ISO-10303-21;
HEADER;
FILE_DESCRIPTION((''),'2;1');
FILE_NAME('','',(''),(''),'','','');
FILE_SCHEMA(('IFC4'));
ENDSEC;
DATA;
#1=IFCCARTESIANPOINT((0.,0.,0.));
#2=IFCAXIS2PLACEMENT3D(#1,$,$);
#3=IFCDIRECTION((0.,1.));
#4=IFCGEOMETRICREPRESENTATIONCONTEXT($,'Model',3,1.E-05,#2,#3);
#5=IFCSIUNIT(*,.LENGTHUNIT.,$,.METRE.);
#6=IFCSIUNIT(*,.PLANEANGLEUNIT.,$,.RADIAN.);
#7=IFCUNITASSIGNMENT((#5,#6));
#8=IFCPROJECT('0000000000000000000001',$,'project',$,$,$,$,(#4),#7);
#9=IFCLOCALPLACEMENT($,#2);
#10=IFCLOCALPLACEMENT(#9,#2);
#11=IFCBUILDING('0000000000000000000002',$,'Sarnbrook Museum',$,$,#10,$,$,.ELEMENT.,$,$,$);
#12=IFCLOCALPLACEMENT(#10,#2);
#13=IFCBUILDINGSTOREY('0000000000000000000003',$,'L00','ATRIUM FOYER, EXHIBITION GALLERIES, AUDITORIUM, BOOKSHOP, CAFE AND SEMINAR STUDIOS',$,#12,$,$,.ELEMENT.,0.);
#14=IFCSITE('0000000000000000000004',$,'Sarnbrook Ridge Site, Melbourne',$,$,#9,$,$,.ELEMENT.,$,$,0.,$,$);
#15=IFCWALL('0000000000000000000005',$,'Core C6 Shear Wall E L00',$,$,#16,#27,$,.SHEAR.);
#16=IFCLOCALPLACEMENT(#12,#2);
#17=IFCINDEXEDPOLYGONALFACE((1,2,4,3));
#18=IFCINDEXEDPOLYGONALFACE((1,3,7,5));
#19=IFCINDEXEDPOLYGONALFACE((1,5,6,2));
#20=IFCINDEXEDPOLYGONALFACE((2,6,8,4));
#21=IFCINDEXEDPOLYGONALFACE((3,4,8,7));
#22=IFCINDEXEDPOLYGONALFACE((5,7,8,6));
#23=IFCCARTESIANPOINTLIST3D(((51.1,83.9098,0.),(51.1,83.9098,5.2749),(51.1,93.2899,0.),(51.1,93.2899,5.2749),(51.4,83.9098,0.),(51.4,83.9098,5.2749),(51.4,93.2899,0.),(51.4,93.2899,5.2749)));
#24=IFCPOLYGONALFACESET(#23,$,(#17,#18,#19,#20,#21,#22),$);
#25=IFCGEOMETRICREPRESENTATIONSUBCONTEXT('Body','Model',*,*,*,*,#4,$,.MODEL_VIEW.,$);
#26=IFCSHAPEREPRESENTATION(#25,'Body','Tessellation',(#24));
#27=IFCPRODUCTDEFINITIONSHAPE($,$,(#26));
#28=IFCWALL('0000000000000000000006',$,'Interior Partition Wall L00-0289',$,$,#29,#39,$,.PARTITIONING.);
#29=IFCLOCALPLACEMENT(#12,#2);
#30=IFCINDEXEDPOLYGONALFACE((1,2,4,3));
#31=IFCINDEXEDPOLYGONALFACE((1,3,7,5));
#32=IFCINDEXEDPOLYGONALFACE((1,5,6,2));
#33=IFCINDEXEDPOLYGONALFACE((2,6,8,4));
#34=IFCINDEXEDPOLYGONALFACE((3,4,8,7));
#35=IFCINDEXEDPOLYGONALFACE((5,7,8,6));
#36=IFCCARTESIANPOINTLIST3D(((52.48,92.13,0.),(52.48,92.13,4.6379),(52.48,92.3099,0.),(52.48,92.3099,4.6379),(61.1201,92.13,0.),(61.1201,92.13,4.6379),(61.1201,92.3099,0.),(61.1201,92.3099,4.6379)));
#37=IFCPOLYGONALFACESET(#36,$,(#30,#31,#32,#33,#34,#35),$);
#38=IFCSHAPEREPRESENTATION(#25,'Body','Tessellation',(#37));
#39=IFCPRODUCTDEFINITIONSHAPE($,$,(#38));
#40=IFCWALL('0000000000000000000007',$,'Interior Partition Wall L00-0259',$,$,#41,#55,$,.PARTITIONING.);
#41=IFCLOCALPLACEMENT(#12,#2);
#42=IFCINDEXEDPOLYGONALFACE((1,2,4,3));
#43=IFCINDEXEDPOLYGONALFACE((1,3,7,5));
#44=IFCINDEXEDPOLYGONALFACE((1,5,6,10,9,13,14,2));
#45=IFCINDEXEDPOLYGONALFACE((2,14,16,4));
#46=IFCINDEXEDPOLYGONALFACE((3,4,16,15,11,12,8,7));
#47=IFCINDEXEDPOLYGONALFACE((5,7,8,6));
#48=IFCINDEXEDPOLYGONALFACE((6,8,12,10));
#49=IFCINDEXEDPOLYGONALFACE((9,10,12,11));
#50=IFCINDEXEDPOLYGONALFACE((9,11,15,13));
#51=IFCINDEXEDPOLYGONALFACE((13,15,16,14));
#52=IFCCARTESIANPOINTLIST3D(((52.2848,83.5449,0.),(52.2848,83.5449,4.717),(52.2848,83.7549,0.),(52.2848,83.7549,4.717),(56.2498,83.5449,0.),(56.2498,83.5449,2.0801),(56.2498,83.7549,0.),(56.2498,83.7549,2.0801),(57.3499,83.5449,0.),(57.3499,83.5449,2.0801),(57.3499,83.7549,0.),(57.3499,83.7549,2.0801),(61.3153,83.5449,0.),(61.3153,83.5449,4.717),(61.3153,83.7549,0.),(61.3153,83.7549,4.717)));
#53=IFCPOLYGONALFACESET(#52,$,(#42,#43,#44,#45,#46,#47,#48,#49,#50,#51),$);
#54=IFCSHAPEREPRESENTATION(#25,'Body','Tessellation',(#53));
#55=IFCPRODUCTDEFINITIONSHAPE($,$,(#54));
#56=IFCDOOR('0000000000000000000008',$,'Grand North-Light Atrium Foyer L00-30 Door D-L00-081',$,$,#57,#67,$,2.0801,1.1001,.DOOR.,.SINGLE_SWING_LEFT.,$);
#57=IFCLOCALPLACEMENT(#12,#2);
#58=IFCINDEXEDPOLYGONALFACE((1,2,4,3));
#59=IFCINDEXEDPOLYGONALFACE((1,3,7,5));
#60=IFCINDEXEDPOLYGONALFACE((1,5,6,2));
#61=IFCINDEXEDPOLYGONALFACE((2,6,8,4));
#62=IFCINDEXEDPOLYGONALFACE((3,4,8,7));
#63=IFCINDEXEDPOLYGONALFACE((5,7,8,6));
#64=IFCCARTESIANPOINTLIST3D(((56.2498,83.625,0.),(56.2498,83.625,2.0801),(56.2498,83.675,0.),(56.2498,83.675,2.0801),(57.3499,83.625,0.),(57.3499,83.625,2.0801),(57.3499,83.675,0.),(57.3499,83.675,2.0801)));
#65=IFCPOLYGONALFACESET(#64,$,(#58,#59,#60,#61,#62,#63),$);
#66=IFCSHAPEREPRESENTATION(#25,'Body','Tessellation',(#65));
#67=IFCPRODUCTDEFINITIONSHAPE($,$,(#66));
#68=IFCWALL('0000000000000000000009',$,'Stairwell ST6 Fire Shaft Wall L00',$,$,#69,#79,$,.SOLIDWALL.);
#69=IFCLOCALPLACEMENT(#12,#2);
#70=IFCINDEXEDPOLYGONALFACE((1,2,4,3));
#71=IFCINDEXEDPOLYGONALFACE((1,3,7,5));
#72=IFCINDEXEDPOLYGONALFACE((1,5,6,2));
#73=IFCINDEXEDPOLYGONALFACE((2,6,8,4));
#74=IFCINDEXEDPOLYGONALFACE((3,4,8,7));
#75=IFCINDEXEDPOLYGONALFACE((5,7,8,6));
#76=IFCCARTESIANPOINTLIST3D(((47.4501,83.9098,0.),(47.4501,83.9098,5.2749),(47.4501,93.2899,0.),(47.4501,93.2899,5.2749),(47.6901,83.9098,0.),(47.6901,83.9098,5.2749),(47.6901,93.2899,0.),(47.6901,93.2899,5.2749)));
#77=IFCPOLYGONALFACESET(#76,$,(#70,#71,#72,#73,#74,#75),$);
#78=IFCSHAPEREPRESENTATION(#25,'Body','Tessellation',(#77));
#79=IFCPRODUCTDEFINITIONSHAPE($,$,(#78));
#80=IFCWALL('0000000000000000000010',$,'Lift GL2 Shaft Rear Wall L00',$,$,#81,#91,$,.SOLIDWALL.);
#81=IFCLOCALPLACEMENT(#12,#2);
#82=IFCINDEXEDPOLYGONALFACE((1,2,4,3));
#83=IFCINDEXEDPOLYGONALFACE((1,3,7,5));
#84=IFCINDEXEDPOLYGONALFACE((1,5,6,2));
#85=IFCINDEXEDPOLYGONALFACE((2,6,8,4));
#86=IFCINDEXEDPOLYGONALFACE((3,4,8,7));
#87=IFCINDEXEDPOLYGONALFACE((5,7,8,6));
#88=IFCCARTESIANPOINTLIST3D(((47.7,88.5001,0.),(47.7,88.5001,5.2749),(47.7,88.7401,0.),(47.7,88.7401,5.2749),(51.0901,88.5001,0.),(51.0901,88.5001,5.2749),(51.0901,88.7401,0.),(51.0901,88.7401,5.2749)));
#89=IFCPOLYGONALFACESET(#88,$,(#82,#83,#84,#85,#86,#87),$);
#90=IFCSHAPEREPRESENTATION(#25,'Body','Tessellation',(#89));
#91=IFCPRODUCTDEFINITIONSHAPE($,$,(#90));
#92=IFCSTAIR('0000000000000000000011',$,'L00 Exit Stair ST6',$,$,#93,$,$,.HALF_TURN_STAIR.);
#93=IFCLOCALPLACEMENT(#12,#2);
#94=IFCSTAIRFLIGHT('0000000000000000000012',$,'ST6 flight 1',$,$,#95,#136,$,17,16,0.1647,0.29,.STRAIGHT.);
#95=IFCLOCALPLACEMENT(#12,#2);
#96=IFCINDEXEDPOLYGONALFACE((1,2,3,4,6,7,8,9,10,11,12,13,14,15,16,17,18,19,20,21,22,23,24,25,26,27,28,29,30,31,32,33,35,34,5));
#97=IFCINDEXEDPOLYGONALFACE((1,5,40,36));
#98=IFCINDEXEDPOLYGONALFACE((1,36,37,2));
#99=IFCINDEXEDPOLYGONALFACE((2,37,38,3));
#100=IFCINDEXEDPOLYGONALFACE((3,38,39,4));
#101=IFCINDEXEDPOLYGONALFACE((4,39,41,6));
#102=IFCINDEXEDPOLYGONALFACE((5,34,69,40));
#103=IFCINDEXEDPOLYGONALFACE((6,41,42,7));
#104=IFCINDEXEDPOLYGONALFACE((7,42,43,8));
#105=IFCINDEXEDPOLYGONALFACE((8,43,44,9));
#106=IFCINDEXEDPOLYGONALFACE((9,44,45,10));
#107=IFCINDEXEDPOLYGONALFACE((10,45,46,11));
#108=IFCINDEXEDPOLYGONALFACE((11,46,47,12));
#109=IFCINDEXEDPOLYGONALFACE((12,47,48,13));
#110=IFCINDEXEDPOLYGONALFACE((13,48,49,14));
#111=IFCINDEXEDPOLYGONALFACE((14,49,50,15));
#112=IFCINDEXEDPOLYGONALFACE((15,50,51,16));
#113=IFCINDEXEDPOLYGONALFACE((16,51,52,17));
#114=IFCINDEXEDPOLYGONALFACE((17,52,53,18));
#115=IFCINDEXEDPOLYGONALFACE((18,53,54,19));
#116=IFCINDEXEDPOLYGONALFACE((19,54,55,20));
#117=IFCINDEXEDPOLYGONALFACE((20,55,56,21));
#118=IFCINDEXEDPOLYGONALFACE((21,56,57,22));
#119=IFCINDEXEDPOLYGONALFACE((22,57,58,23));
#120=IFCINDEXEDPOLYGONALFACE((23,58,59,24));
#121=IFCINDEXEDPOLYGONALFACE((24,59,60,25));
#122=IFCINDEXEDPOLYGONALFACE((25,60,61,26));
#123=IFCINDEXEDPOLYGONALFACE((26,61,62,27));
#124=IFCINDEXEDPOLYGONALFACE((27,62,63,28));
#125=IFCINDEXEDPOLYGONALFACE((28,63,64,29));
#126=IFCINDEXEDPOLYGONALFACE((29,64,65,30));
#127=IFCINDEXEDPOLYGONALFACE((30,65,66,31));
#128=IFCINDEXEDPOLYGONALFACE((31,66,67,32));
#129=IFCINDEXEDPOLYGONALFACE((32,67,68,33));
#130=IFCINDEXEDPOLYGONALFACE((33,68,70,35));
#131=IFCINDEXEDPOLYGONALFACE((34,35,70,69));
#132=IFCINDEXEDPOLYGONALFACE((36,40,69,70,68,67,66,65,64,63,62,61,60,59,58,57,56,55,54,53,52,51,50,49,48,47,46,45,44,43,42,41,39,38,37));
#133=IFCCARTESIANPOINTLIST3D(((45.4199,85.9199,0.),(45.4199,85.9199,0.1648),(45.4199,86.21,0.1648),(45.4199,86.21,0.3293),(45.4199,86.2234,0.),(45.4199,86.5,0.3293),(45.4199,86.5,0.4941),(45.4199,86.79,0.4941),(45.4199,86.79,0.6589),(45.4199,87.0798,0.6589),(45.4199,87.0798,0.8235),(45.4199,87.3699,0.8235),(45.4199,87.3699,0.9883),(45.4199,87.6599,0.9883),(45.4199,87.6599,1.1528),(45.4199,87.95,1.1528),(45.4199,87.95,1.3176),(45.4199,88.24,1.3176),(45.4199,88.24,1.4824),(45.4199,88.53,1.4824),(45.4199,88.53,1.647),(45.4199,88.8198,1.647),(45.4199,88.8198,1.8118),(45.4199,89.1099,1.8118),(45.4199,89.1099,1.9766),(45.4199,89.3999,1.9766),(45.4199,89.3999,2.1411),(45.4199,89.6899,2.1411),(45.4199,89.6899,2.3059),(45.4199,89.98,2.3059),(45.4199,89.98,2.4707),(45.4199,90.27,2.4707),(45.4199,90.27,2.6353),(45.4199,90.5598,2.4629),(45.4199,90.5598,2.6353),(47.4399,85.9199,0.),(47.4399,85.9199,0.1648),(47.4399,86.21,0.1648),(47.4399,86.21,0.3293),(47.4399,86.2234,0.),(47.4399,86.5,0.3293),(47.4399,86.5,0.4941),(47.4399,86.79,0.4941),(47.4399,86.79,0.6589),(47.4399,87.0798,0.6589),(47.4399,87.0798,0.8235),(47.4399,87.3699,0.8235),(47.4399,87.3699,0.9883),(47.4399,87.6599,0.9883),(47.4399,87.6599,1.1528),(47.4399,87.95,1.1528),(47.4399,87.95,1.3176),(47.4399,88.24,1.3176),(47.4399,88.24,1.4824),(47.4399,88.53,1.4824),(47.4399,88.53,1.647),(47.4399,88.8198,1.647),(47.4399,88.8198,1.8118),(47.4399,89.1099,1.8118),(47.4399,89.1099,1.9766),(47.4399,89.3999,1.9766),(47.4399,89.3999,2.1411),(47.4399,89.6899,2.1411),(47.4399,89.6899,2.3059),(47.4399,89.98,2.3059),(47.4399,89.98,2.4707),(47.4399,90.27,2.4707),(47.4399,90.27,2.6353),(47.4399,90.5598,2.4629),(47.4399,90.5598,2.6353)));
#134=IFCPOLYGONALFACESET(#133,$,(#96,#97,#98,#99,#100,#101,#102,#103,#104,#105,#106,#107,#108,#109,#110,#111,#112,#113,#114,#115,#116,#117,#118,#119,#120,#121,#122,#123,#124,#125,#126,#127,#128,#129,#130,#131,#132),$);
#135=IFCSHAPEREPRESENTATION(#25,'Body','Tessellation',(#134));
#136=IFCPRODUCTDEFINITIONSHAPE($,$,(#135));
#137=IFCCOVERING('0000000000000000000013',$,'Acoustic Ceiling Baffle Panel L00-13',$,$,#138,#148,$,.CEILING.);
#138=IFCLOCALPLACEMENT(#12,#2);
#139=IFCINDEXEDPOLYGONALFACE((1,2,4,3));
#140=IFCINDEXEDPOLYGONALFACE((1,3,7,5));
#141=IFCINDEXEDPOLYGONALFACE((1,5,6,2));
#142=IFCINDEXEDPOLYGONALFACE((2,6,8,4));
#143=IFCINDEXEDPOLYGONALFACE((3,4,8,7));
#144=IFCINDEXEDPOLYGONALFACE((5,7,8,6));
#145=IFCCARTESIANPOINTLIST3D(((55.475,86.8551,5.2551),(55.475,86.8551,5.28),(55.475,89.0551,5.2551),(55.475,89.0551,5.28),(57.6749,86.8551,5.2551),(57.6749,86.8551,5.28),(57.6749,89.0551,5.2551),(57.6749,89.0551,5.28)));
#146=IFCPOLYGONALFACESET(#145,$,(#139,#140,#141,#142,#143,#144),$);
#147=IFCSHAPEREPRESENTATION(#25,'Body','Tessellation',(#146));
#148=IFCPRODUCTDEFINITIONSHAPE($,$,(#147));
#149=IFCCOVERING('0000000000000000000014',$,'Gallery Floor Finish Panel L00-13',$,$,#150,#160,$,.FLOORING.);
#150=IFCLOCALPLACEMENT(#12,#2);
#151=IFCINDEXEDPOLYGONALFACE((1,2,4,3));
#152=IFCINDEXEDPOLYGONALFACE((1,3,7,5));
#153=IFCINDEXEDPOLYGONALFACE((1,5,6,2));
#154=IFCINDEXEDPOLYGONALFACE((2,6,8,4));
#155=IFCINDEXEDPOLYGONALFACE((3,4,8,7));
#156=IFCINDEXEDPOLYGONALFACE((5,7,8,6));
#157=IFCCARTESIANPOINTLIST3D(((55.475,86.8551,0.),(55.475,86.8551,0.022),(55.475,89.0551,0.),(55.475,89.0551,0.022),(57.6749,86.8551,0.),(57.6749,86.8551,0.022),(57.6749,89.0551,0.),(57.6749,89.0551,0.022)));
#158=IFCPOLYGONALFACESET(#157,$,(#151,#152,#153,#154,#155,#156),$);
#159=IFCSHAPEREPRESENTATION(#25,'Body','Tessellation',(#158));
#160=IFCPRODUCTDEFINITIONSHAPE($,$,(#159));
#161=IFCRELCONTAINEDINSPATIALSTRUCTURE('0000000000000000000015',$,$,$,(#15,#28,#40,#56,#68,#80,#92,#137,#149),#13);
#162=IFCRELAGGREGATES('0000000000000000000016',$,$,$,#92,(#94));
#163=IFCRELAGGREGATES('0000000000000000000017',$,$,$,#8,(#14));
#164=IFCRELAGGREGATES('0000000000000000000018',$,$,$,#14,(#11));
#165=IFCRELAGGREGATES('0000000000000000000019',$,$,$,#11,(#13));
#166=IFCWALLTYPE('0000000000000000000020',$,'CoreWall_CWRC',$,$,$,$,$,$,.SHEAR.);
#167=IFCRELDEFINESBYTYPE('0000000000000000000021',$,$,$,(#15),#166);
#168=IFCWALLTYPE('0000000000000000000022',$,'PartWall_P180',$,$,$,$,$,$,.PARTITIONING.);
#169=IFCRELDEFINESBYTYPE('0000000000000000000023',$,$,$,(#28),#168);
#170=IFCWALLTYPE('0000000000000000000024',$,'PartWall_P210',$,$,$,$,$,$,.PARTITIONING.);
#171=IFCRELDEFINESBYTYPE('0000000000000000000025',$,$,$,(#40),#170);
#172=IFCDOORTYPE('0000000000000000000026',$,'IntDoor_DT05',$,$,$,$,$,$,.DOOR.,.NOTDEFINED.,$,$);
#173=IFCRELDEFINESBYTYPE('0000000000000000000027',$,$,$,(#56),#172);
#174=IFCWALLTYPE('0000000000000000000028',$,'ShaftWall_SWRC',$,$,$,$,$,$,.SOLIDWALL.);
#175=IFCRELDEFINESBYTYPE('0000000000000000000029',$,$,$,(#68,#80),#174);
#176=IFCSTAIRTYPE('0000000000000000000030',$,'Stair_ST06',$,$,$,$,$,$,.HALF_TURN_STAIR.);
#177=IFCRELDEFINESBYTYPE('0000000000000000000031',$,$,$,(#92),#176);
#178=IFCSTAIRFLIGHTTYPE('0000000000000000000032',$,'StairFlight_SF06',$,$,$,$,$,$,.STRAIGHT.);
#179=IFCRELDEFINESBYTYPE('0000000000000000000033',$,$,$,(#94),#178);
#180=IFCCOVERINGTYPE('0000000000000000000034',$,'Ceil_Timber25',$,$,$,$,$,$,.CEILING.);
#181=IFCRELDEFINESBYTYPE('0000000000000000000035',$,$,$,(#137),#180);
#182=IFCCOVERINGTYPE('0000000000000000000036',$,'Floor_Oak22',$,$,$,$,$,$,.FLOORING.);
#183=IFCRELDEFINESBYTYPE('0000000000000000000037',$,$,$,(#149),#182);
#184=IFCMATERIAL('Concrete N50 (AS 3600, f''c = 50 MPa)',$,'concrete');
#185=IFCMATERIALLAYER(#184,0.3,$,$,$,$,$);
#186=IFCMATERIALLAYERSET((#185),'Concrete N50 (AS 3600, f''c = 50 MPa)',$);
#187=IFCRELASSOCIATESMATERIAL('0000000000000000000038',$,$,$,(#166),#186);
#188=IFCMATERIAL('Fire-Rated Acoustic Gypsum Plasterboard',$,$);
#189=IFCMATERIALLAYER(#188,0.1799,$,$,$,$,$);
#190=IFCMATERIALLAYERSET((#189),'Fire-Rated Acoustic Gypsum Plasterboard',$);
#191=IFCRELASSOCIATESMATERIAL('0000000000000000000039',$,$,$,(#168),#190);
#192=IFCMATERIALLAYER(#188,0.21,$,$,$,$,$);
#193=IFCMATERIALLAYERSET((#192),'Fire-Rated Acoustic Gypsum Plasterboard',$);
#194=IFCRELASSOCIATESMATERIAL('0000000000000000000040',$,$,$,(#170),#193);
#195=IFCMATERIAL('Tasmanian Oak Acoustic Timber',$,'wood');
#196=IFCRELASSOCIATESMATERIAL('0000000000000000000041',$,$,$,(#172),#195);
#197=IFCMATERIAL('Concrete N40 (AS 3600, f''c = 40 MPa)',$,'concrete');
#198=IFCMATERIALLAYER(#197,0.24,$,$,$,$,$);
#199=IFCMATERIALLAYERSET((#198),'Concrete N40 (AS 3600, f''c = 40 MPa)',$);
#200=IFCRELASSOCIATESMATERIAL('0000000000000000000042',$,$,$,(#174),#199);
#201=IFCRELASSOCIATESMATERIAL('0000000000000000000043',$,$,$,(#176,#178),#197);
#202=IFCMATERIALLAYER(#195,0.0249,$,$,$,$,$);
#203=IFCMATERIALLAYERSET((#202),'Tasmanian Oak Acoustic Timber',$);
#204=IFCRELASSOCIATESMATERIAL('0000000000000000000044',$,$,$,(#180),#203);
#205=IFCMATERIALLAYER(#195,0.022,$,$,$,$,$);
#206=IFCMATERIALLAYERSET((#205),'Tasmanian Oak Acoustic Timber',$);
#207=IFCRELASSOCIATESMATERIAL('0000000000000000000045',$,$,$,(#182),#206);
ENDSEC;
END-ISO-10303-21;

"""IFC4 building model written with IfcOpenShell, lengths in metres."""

from ifc_helpers import new_model, si_unit, direction, frame, frame_2d, origin, origin_2d, place, context, subcontext, project, spatial, polyline, rectangle, outline, extrude, material, layer, layer_set, type_object, element, fill, aggregate, save


model = new_model("IFC4")

# Units and contexts
model_context = context("Model", 3, precision=1e-05, world=origin(), true_north=direction((0.0, 1.0)))
body_context = subcontext(model_context, "Body", "Model", "MODEL_VIEW")
ifc_project = project(units=[si_unit("LENGTHUNIT", "METRE"), si_unit("PLANEANGLEUNIT", "RADIAN")], contexts=[model_context])

# Site, building, storey
site_placement = place(None, origin())
site = spatial("IfcSite", under=ifc_project, at=site_placement, Name="Sarnbrook Ridge Site, Melbourne", CompositionType="ELEMENT", RefElevation=0.0)
building_placement = place(site_placement, origin())
building = spatial("IfcBuilding", under=site, at=building_placement, Name="Sarnbrook Museum", CompositionType="ELEMENT")
storey_placement = place(building_placement, origin())
storey = spatial("IfcBuildingStorey", under=building, at=storey_placement, Name="L00", Description="ATRIUM FOYER, EXHIBITION GALLERIES, AUDITORIUM, BOOKSHOP, CAFE AND SEMINAR STUDIOS", CompositionType="ELEMENT", Elevation=0.0)

# Walls
ifc_material_1 = material(Name="Concrete N50 (AS 3600, f'c = 50 MPa)", Category="concrete")
ifc_layer_1 = layer(ifc_material_1, 0.3)
ifc_layer_set_1 = layer_set([ifc_layer_1], Name="Concrete N50 (AS 3600, f'c = 50 MPa)")
wall_type_1 = type_object("IfcWallType", Name="CoreWall_CWRC", PredefinedType="SHEAR", material=ifc_layer_set_1)
wall_1_placement = place(storey_placement, frame((51.25, 83.9099, 0.0), z_axis=(0.0, 0.0, 1.0), x_axis=(0.0, 1.0, 0.0)))
element("IfcWall", 1, at=wall_1_placement, inside=storey, type_object=wall_type_1, Name="Core C6 Shear Wall E L00", PredefinedType="SHEAR", context=body_context, shape_type="SweptSolid", body=[
    extrude(rectangle(XDim=9.3801, YDim=0.3, at=frame_2d((4.6899, 0.0))), origin(), (0.0, 0.0, 1.0), 5.2749),
])
ifc_material_2 = material(Name="Fire-Rated Acoustic Gypsum Plasterboard")
ifc_layer_2 = layer(ifc_material_2, 0.1799)
ifc_layer_set_2 = layer_set([ifc_layer_2], Name="Fire-Rated Acoustic Gypsum Plasterboard")
wall_type_2 = type_object("IfcWallType", Name="PartWall_P180", PredefinedType="PARTITIONING", material=ifc_layer_set_2)
wall_2_placement = place(storey_placement, frame((61.1201, 92.22, 0.0), z_axis=(0.0, 0.0, 1.0), x_axis=(-1.0, 0.0, 0.0)))
element("IfcWall", 2, at=wall_2_placement, inside=storey, type_object=wall_type_2, Name="Interior Partition Wall L00-0289", PredefinedType="PARTITIONING", context=body_context, shape_type="SweptSolid", body=[
    extrude(rectangle(XDim=8.6401, YDim=0.1799, at=frame_2d((4.3201, 0.0))), origin(), (0.0, 0.0, 1.0), 4.6379),
])

# Wall, opening, door
ifc_layer_3 = layer(ifc_material_2, 0.21)
ifc_layer_set_3 = layer_set([ifc_layer_3], Name="Fire-Rated Acoustic Gypsum Plasterboard")
wall_type_3 = type_object("IfcWallType", Name="PartWall_P210", PredefinedType="PARTITIONING", material=ifc_layer_set_3)
wall_3_placement = place(storey_placement, frame((61.3152, 83.6499, 0.0), z_axis=(0.0, 0.0, 1.0), x_axis=(-1.0, 0.0, 0.0)))
wall_3 = element("IfcWall", 3, at=wall_3_placement, inside=storey, type_object=wall_type_3, Name="Interior Partition Wall L00-0259", PredefinedType="PARTITIONING", context=body_context, shape_type="SweptSolid", body=[
    extrude(rectangle(XDim=9.0305, YDim=0.21, at=frame_2d((4.5151, 0.0))), origin(), (0.0, 0.0, 1.0), 4.717),
])
opening_placement = place(wall_3_placement, frame((3.9653, 0.0, 0.0)))
opening = element("IfcOpeningElement", 4, at=opening_placement, cuts=wall_3, PredefinedType="OPENING", context=body_context, shape_type="SweptSolid", body=[
    extrude(rectangle(XDim=1.1001, YDim=2.0801, at=frame_2d((0.55, 1.04))), frame((0.0, 0.115, 0.0), z_axis=(0.0, -1.0, 0.0), x_axis=(1.0, 0.0, 0.0)), (0.0, 0.0, 1.0), 0.23),
])
ifc_material_3 = material(Name="Tasmanian Oak Acoustic Timber", Category="wood")
door_type = type_object("IfcDoorType", Name="IntDoor_DT05", OperationType="NOTDEFINED", PredefinedType="DOOR", material=ifc_material_3)
door_placement = place(opening_placement, origin())
door = element("IfcDoor", 5, at=door_placement, inside=storey, type_object=door_type, Name="Grand North-Light Atrium Foyer L00-30 Door D-L00-081", OperationType="SINGLE_SWING_LEFT", OverallHeight=2.0801, OverallWidth=1.1001, PredefinedType="DOOR", context=body_context, shape_type="SweptSolid", body=[
    extrude(rectangle(XDim=1.1001, YDim=2.0801, at=frame_2d((0.55, 1.04))), frame((0.0, 0.0249, 0.0), z_axis=(0.0, -1.0, 0.0), x_axis=(1.0, 0.0, 0.0)), (0.0, 0.0, 1.0), 0.05),
])
fill(opening, door)

# Walls
ifc_material_4 = material(Name="Concrete N40 (AS 3600, f'c = 40 MPa)", Category="concrete")
ifc_layer_4 = layer(ifc_material_4, 0.24)
ifc_layer_set_4 = layer_set([ifc_layer_4], Name="Concrete N40 (AS 3600, f'c = 40 MPa)")
wall_type_4 = type_object("IfcWallType", Name="ShaftWall_SWRC", PredefinedType="SOLIDWALL", material=ifc_layer_set_4)
wall_4_placement = place(storey_placement, frame((47.5701, 83.9099, 0.0), z_axis=(0.0, 0.0, 1.0), x_axis=(0.0, 1.0, 0.0)))
element("IfcWall", 6, at=wall_4_placement, inside=storey, type_object=wall_type_4, Name="Stairwell ST6 Fire Shaft Wall L00", PredefinedType="SOLIDWALL", context=body_context, shape_type="SweptSolid", body=[
    extrude(rectangle(XDim=9.3801, YDim=0.24, at=frame_2d((4.6899, 0.0))), origin(), (0.0, 0.0, 1.0), 5.2749),
])
wall_5_placement = place(storey_placement, frame((47.7, 88.6201, 0.0), z_axis=(0.0, 0.0, 1.0), x_axis=(1.0, 0.0, 0.0)))
element("IfcWall", 7, at=wall_5_placement, inside=storey, type_object=wall_type_4, Name="Lift GL2 Shaft Rear Wall L00", PredefinedType="SOLIDWALL", context=body_context, shape_type="SweptSolid", body=[
    extrude(rectangle(XDim=3.3901, YDim=0.24, at=frame_2d((1.6951, 0.0))), origin(), (0.0, 0.0, 1.0), 5.2749),
])

# Stair, stair flight
stair_type = type_object("IfcStairType", Name="Stair_ST06", PredefinedType="HALF_TURN_STAIR", material=ifc_material_4)
stair_placement = place(storey_placement, origin())
stair = element("IfcStair", 8, at=stair_placement, inside=storey, type_object=stair_type, Name="L00 Exit Stair ST6", PredefinedType="HALF_TURN_STAIR")
stair_flight_type = type_object("IfcStairFlightType", Name="StairFlight_SF06", PredefinedType="STRAIGHT", material=ifc_material_4)
stair_flight_placement = place(storey_placement, frame((46.4299, 85.9199, 0.0), z_axis=(0.0, 0.0, 1.0), x_axis=(0.0, 1.0, 0.0)))
stair_flight = element("IfcStairFlight", 9, at=stair_flight_placement, type_object=stair_flight_type, Name="ST6 flight 1", NumberOfRisers=17, NumberOfTreads=16, PredefinedType="STRAIGHT", RiserHeight=0.1647, TreadLength=0.29, context=body_context, shape_type="SweptSolid", body=[
    extrude(outline(polyline([(0.0, 0.0), (0.0, 0.1648), (0.29, 0.1648), (0.29, 0.3293), (0.5801, 0.3293), (0.5801, 0.4941), (0.8701, 0.4941), (0.8701, 0.6589), (1.1599, 0.6589), (1.1599, 0.8235), (1.45, 0.8235), (1.45, 0.9883), (1.74, 0.9883), (1.74, 1.1528), (2.03, 1.1528), (2.03, 1.3176), (2.3201, 1.3176), (2.3201, 1.4824), (2.6101, 1.4824), (2.6101, 1.647), (2.8999, 1.647), (2.8999, 1.8118), (3.1899, 1.8118), (3.1899, 1.9766), (3.48, 1.9766), (3.48, 2.1411), (3.77, 2.1411), (3.77, 2.3059), (4.0601, 2.3059), (4.0601, 2.4707), (4.3501, 2.4707), (4.3501, 2.6353), (4.6399, 2.6353), (4.6399, 2.8), (4.6399, 2.4629), (0.3035, 0.0), (0.0, 0.0)])), frame((0.0, 1.01, 0.0), z_axis=(0.0, -1.0, 0.0), x_axis=(1.0, 0.0, 0.0)), (0.0, 0.0, 1.0), 2.02),
])
aggregate(stair, [stair_flight])

# Coverings
ifc_layer_5 = layer(ifc_material_3, 0.0249)
ifc_layer_set_5 = layer_set([ifc_layer_5], Name="Tasmanian Oak Acoustic Timber")
covering_type_1 = type_object("IfcCoveringType", Name="Ceil_Timber25", PredefinedType="CEILING", material=ifc_layer_set_5)
covering_1_placement = place(storey_placement, frame((56.575, 87.9551, 5.2551), z_axis=(0.0, 0.0, 1.0), x_axis=(1.0, 0.0, 0.0)))
element("IfcCovering", 10, at=covering_1_placement, inside=storey, type_object=covering_type_1, Name="Acoustic Ceiling Baffle Panel L00-13", PredefinedType="CEILING", context=body_context, shape_type="SweptSolid", body=[
    extrude(rectangle(XDim=2.2, YDim=2.2, at=origin_2d()), origin(), (0.0, 0.0, 1.0), 0.0249),
])
ifc_layer_6 = layer(ifc_material_3, 0.022)
ifc_layer_set_6 = layer_set([ifc_layer_6], Name="Tasmanian Oak Acoustic Timber")
covering_type_2 = type_object("IfcCoveringType", Name="Floor_Oak22", PredefinedType="FLOORING", material=ifc_layer_set_6)
covering_2_placement = place(storey_placement, frame((56.575, 87.9551, 0.0), z_axis=(0.0, 0.0, 1.0), x_axis=(1.0, 0.0, 0.0)))
element("IfcCovering", 11, at=covering_2_placement, inside=storey, type_object=covering_type_2, Name="Gallery Floor Finish Panel L00-13", PredefinedType="FLOORING", context=body_context, shape_type="SweptSolid", body=[
    extrude(rectangle(XDim=2.2, YDim=2.2, at=origin_2d()), origin(), (0.0, 0.0, 1.0), 0.022),
])

save(model, "model.ifc")
